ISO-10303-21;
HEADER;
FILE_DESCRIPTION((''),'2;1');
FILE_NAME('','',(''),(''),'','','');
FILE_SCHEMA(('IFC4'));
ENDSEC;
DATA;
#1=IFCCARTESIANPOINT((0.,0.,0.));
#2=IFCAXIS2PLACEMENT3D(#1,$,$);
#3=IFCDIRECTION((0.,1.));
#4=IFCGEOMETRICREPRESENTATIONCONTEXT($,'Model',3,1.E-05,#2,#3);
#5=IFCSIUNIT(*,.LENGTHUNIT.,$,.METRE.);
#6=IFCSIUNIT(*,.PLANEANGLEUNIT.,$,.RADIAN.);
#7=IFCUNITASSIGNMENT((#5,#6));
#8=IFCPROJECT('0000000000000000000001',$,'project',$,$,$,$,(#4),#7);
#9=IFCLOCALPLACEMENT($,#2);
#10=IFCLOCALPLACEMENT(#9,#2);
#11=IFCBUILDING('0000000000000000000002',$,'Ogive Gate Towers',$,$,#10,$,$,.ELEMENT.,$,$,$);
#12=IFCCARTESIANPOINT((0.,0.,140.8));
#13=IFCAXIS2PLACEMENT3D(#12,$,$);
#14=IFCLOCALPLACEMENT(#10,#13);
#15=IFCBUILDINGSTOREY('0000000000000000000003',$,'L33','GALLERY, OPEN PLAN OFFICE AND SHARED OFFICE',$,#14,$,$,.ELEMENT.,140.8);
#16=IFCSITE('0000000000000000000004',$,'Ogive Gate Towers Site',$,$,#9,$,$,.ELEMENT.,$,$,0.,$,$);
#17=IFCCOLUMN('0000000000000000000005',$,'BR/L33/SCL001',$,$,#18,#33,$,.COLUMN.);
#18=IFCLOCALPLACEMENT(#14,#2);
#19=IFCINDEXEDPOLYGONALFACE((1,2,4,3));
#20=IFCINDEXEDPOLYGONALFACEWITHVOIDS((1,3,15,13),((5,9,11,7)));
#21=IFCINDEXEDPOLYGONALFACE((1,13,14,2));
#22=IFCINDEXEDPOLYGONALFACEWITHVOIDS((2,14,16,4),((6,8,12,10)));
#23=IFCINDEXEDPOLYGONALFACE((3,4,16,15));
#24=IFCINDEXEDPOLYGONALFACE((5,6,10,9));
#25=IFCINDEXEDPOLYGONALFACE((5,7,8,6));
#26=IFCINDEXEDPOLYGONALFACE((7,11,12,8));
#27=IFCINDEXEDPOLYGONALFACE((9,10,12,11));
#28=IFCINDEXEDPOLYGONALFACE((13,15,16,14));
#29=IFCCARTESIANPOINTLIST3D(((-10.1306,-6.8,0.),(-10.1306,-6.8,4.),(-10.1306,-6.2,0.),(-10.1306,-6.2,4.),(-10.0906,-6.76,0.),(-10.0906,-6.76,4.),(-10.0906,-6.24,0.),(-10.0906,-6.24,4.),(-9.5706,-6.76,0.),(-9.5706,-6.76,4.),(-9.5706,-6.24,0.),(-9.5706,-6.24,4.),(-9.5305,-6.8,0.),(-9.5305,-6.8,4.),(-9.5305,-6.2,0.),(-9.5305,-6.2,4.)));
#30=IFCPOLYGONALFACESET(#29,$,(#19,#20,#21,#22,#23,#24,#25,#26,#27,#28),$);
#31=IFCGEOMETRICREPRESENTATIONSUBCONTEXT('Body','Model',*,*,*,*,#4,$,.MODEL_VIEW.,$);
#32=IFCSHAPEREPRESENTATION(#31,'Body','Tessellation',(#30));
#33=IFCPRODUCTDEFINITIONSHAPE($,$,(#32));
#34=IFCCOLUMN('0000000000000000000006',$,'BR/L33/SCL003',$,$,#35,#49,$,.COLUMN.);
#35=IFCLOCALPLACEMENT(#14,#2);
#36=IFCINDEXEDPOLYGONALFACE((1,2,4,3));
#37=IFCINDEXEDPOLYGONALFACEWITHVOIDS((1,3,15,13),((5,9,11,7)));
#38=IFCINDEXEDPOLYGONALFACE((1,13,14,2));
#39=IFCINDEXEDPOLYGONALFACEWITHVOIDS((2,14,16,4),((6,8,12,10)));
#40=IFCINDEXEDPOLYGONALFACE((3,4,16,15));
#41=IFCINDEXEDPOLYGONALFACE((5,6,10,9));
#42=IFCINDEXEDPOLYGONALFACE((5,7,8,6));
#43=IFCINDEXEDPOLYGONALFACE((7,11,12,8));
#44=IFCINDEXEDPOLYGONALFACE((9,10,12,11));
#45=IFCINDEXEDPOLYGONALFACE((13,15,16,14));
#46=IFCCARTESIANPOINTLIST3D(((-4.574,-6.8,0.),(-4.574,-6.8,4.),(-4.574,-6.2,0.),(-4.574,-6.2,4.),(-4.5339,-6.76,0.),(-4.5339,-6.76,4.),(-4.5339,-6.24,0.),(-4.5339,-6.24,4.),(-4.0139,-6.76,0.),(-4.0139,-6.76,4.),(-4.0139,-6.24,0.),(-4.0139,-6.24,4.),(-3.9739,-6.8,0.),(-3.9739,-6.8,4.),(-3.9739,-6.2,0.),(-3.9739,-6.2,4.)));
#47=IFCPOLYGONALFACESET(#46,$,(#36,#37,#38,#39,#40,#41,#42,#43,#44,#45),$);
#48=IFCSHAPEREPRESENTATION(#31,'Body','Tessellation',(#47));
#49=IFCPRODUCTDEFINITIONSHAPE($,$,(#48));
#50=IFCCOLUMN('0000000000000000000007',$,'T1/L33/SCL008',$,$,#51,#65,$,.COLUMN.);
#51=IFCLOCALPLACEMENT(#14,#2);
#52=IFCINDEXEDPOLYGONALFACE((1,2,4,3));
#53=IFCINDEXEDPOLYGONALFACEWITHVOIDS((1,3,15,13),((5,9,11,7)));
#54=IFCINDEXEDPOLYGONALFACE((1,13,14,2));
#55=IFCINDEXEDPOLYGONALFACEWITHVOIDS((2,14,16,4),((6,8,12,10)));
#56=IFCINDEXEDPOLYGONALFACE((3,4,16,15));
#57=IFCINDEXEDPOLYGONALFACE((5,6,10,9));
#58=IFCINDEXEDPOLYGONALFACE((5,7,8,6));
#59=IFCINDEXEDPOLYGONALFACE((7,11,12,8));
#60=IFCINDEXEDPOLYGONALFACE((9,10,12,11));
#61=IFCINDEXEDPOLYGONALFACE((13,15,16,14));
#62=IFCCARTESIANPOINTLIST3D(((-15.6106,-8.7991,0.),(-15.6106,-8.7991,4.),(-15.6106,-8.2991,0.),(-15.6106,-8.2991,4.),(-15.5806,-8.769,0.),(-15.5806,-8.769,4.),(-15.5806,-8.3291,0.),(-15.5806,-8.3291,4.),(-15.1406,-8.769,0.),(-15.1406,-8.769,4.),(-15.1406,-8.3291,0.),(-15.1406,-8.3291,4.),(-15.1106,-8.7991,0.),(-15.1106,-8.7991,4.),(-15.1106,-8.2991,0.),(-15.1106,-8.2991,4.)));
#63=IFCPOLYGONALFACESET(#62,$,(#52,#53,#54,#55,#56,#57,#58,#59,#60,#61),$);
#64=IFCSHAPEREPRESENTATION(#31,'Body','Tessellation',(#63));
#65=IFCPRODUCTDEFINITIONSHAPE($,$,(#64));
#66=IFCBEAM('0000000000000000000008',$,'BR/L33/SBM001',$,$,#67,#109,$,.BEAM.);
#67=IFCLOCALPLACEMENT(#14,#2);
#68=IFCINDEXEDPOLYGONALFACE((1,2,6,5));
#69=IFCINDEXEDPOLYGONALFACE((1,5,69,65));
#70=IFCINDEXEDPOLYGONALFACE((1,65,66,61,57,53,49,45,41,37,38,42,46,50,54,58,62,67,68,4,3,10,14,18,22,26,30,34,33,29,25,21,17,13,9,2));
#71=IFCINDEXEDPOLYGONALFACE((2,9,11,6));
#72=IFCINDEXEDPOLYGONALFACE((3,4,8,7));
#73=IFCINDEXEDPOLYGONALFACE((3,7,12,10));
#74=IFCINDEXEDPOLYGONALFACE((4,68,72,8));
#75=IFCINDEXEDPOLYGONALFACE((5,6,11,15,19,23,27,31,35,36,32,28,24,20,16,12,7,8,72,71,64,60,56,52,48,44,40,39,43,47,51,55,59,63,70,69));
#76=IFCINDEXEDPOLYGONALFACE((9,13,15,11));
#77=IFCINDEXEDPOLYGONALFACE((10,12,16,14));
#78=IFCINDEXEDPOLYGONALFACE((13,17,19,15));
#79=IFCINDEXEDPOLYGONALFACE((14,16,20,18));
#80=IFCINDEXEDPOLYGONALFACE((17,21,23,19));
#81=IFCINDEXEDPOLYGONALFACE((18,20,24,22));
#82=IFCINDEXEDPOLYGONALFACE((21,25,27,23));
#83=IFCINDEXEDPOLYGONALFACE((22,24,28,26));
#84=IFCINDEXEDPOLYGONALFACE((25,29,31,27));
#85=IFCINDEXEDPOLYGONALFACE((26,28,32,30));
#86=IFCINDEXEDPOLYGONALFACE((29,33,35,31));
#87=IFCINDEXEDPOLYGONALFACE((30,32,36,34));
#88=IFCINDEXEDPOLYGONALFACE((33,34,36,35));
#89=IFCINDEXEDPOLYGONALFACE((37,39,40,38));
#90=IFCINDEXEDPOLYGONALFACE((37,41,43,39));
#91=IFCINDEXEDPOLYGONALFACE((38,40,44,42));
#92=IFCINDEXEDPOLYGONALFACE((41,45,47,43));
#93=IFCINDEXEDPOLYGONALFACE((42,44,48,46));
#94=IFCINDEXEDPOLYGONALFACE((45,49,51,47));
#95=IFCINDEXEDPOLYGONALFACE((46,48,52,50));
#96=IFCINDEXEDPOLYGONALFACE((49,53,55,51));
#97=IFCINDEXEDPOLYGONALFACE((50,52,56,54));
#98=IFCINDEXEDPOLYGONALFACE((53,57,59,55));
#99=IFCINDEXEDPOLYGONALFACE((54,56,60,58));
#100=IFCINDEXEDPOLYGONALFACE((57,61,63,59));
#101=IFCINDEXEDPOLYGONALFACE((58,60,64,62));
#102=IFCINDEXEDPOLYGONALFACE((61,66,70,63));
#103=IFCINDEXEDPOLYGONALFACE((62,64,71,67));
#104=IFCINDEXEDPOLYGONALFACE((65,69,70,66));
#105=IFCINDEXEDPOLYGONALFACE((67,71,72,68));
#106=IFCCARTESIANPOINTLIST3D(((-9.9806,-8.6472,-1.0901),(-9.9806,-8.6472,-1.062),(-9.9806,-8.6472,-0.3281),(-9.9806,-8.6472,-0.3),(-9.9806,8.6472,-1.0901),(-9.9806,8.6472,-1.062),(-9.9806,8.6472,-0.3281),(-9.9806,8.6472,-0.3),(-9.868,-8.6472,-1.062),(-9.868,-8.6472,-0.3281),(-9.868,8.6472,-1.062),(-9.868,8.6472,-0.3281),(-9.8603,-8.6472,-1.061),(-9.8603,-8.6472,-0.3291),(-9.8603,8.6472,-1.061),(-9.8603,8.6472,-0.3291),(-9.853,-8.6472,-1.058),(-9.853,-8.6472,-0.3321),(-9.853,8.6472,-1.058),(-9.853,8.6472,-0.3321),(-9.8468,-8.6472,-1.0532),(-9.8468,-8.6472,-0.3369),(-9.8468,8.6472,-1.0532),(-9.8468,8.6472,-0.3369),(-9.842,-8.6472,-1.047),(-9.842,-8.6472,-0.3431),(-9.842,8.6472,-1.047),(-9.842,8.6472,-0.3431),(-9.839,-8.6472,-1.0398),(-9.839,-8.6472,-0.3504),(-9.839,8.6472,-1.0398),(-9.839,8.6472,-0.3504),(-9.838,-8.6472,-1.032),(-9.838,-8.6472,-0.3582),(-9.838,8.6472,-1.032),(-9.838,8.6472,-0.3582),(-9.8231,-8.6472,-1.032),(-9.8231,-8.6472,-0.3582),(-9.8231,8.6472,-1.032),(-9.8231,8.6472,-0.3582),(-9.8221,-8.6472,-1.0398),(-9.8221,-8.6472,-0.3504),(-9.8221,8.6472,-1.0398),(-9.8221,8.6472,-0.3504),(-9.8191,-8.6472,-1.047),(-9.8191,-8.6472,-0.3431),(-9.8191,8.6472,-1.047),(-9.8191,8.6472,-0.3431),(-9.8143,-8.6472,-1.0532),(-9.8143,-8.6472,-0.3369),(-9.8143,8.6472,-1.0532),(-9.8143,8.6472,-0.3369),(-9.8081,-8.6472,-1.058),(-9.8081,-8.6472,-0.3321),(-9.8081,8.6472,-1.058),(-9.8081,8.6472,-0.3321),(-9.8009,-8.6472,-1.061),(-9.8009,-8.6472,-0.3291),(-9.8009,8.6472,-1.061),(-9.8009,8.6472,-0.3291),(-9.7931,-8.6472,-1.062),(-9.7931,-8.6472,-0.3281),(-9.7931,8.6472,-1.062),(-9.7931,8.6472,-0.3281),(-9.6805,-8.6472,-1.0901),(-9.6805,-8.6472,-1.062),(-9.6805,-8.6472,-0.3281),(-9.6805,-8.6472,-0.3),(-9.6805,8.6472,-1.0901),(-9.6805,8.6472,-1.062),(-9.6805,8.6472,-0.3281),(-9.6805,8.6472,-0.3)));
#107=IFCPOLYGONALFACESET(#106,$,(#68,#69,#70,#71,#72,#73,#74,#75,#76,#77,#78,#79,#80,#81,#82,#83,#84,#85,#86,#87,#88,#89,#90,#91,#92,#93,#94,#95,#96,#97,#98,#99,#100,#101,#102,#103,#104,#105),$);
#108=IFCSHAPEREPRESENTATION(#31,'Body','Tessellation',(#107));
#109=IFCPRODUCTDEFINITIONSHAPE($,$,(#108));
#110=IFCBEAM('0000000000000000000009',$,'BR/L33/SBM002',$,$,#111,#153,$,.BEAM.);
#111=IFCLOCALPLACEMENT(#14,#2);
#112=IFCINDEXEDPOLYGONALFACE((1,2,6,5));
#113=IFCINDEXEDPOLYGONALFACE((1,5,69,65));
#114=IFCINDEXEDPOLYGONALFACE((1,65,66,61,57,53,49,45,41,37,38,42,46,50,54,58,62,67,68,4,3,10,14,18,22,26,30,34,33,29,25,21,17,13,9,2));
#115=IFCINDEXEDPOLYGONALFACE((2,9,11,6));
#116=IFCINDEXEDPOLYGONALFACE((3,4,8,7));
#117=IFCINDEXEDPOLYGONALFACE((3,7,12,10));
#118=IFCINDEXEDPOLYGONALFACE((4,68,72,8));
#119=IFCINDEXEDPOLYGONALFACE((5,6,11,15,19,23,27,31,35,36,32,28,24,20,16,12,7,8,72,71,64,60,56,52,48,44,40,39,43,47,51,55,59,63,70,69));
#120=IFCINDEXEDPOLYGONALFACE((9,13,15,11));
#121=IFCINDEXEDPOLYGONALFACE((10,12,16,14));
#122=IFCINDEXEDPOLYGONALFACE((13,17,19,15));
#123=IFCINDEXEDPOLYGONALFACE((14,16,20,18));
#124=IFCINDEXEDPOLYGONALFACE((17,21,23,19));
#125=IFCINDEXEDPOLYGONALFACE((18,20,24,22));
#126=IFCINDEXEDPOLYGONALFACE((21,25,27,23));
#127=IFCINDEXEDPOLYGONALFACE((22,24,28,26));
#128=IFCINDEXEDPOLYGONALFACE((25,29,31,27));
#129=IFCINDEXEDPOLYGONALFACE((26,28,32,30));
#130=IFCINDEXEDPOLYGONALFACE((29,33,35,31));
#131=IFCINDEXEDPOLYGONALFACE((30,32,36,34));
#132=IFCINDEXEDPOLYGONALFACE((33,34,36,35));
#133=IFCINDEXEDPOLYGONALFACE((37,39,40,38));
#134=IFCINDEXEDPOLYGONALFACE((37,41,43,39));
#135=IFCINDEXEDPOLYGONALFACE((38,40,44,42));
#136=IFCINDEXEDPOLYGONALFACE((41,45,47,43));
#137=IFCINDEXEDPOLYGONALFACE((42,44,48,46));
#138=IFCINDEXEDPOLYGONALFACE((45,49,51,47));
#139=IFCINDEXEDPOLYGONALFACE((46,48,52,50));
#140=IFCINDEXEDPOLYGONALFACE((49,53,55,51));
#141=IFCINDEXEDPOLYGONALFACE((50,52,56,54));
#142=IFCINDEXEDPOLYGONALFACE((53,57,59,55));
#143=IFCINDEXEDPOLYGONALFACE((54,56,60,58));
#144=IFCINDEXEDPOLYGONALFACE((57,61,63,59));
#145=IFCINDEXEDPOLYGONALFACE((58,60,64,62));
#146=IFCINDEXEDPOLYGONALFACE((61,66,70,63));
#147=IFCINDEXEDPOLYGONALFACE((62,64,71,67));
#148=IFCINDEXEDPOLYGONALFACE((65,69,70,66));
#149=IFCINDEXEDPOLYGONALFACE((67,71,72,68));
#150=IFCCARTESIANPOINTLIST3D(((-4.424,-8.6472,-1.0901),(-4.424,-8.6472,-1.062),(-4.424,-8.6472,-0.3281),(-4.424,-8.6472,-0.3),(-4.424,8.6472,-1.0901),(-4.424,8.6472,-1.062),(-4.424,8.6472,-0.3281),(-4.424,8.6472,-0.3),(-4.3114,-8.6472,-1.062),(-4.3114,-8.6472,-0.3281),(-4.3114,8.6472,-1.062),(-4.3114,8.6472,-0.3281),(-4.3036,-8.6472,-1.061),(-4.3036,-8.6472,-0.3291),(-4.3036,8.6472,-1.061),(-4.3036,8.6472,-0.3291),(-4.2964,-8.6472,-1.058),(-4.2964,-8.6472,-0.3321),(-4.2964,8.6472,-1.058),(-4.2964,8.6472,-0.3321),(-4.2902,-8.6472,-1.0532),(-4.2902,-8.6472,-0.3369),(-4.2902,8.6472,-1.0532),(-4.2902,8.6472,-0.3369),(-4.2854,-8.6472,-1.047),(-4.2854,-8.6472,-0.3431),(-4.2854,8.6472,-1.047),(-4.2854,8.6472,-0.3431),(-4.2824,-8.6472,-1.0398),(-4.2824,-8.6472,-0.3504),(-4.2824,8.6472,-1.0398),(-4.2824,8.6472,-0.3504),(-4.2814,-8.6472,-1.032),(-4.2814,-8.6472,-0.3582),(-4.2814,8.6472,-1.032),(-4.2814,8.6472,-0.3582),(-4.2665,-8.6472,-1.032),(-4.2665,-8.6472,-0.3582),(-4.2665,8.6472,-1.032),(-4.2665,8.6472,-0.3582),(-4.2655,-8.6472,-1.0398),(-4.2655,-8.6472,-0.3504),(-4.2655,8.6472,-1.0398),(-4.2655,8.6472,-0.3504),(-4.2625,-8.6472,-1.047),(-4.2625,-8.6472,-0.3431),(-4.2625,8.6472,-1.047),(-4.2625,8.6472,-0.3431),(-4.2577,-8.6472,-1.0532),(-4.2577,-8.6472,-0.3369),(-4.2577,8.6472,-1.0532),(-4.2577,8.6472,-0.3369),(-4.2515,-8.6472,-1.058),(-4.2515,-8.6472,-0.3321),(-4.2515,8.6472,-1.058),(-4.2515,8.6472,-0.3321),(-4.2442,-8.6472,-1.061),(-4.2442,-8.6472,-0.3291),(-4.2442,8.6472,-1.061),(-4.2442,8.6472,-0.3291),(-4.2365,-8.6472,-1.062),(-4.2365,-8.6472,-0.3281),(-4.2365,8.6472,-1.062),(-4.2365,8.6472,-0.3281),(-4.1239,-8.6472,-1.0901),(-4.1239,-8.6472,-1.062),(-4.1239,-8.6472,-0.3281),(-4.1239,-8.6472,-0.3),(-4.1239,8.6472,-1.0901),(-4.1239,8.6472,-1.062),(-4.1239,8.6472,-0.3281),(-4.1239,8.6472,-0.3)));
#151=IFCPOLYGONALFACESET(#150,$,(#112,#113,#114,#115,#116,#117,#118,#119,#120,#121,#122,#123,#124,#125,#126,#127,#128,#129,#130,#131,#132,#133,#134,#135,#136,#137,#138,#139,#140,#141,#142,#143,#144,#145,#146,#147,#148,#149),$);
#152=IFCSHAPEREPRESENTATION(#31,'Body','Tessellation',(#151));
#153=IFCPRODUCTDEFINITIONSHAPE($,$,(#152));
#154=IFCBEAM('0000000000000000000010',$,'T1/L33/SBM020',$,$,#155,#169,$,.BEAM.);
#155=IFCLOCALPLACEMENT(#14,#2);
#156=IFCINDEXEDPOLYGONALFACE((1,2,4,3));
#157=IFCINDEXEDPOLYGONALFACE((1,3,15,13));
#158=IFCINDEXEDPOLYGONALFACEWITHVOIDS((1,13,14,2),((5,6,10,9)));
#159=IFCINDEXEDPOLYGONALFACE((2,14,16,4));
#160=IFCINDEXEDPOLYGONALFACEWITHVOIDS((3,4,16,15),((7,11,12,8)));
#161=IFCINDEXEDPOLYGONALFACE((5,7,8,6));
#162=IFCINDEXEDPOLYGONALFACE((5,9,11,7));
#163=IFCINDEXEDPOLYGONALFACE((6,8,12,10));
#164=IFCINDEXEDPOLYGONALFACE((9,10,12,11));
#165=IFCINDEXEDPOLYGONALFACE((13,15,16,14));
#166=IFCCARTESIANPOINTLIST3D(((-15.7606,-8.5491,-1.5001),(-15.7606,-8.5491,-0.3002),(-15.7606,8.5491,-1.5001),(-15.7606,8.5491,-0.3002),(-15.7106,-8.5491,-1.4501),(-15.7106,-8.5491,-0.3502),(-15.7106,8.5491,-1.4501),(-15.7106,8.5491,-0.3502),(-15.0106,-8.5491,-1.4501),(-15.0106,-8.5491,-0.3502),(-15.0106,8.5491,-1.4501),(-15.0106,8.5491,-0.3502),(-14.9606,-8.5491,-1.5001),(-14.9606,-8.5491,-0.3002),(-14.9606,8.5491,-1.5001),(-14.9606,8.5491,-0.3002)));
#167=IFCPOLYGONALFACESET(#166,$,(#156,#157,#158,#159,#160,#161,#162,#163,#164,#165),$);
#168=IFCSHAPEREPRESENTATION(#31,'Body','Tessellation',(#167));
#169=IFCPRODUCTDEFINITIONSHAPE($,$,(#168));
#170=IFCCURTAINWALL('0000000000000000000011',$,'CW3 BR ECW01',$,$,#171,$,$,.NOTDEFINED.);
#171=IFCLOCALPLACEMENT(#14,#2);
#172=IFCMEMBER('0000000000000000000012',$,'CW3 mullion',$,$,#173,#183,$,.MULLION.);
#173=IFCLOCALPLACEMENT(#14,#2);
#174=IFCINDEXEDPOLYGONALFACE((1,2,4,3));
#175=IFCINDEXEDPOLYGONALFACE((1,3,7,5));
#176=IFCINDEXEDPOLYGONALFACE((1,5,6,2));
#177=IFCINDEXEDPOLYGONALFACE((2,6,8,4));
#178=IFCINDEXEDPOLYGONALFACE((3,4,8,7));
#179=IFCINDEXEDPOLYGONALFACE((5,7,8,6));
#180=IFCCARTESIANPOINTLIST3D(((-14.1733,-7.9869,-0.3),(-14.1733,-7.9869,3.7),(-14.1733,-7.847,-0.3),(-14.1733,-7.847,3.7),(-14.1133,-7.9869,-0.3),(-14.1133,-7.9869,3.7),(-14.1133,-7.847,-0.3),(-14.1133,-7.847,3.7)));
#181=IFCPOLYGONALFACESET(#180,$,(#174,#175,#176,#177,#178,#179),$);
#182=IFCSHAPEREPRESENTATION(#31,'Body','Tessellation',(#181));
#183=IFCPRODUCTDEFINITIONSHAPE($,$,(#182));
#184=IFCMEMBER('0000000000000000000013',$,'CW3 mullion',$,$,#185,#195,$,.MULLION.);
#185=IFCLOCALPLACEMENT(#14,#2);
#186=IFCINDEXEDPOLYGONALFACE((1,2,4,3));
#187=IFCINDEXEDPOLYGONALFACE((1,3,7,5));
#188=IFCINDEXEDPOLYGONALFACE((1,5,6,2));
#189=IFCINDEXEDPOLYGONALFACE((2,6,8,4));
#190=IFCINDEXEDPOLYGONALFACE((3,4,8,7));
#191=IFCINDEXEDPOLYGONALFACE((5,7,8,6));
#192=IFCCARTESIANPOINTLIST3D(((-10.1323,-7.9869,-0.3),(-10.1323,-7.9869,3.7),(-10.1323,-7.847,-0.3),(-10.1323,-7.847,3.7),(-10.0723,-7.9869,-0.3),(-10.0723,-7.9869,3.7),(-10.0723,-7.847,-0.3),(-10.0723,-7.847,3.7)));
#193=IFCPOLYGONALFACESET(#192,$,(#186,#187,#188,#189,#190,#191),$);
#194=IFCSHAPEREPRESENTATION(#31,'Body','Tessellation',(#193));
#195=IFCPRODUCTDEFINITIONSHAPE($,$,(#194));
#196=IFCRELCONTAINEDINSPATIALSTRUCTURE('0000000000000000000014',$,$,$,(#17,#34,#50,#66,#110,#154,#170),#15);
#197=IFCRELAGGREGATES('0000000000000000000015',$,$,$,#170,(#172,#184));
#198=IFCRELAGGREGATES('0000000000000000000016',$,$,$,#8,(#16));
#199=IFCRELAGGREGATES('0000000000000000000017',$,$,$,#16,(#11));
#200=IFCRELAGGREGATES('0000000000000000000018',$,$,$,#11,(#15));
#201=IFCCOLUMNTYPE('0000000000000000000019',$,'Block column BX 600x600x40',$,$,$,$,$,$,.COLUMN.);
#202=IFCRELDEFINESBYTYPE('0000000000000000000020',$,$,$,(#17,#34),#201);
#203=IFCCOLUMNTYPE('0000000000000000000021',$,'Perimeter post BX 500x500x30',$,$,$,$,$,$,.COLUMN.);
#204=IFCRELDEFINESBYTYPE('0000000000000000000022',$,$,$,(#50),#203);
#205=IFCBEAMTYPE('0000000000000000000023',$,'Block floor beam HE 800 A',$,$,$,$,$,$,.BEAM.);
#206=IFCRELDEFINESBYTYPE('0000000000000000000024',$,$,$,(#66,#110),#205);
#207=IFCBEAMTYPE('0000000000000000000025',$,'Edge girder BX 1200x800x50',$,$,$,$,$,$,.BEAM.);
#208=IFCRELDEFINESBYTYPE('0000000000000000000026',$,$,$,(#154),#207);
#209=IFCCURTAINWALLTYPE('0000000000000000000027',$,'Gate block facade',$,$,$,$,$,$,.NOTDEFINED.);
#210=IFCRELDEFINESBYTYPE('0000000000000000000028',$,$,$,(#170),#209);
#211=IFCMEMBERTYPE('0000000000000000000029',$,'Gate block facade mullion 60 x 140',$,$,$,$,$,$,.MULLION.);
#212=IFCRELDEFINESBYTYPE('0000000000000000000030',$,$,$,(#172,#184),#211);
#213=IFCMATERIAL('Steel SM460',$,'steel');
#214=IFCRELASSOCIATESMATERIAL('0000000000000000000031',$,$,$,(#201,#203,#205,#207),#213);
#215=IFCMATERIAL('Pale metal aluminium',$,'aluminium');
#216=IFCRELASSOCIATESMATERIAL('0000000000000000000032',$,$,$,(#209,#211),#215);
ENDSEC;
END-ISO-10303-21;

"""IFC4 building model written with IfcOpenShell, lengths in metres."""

from ifc_helpers import new_model, si_unit, direction, frame, origin, origin_2d, place, context, subcontext, project, spatial, rectangle, hollow_rectangle, i_section, extrude, material, material_profile, profile_set, type_object, element, aggregate, save


model = new_model("IFC4")

# Units and contexts
model_context = context("Model", 3, precision=1e-05, world=origin(), true_north=direction((0.0, 1.0)))
body_context = subcontext(model_context, "Body", "Model", "MODEL_VIEW")
ifc_project = project(units=[si_unit("LENGTHUNIT", "METRE"), si_unit("PLANEANGLEUNIT", "RADIAN")], contexts=[model_context])

# Site, building, storey
site_placement = place(None, origin())
site = spatial("IfcSite", under=ifc_project, at=site_placement, Name="Ogive Gate Towers Site", CompositionType="ELEMENT", RefElevation=0.0)
building_placement = place(site_placement, origin())
building = spatial("IfcBuilding", under=site, at=building_placement, Name="Ogive Gate Towers", CompositionType="ELEMENT")
storey_placement = place(building_placement, frame((0.0, 0.0, 140.8)))
storey = spatial("IfcBuildingStorey", under=building, at=storey_placement, Name="L33", Description="GALLERY, OPEN PLAN OFFICE AND SHARED OFFICE", CompositionType="ELEMENT", Elevation=140.8)

# Columns
ifc_material_1 = material(Name="Steel SM460", Category="steel")
ifc_material_profile_1 = material_profile(ifc_material_1, hollow_rectangle(XDim=0.6001, YDim=0.6001, WallThickness=0.04, at=origin_2d()), Name="BX 600x600x40")
ifc_profile_set_1 = profile_set([ifc_material_profile_1], Name="Steel SM460")
column_type_1 = type_object("IfcColumnType", Name="Block column BX 600x600x40", PredefinedType="COLUMN", material=ifc_profile_set_1)
for number, where, z_axis, x_axis, name in (
    (1, (-9.8306, -6.5, 0.0), (0.0, 0.0, 1.0), (1.0, 0.0, 0.0), "BR/L33/SCL001"),
    (2, (-4.2739, -6.5, 0.0), (0.0, 0.0, 1.0), (1.0, 0.0, 0.0), "BR/L33/SCL003"),
):
    element("IfcColumn", number, at=place(storey_placement, frame(where, z_axis=z_axis, x_axis=x_axis)), inside=storey, type_object=column_type_1, Name=name, PredefinedType="COLUMN", context=body_context, shape_type="SweptSolid", body=[
        extrude(hollow_rectangle(XDim=0.6001, YDim=0.6001, WallThickness=0.04, at=origin_2d()), origin(), (0.0, 0.0, 1.0), 4.0),
    ])
ifc_material_profile_2 = material_profile(ifc_material_1, hollow_rectangle(XDim=0.5, YDim=0.5, WallThickness=0.03, at=origin_2d()), Name="BX 500x500x30")
ifc_profile_set_2 = profile_set([ifc_material_profile_2], Name="Steel SM460")
column_type_2 = type_object("IfcColumnType", Name="Perimeter post BX 500x500x30", PredefinedType="COLUMN", material=ifc_profile_set_2)
column_placement = place(storey_placement, frame((-15.3606, -8.5491, 0.0), z_axis=(0.0, 0.0, 1.0), x_axis=(1.0, 0.0, 0.0)))
element("IfcColumn", 3, at=column_placement, inside=storey, type_object=column_type_2, Name="T1/L33/SCL008", PredefinedType="COLUMN", context=body_context, shape_type="SweptSolid", body=[
    extrude(hollow_rectangle(XDim=0.5, YDim=0.5, WallThickness=0.03, at=origin_2d()), origin(), (0.0, 0.0, 1.0), 4.0),
])

# Beams
ifc_material_profile_3 = material_profile(ifc_material_1, i_section(OverallWidth=0.3, OverallDepth=0.79, WebThickness=0.0149, FlangeThickness=0.0281, FilletRadius=0.03, at=origin_2d()), Name="HE 800 A")
ifc_profile_set_3 = profile_set([ifc_material_profile_3], Name="Steel SM460")
beam_type_1 = type_object("IfcBeamType", Name="Block floor beam HE 800 A", PredefinedType="BEAM", material=ifc_profile_set_3)
for number, where, z_axis, x_axis, name in (
    (4, (-9.8306, -8.6472, -0.6951), (0.0, 1.0, 0.0), (-1.0, 0.0, 0.0), "BR/L33/SBM001"),
    (5, (-4.2739, -8.6472, -0.6951), (0.0, 1.0, 0.0), (-1.0, 0.0, 0.0), "BR/L33/SBM002"),
):
    element("IfcBeam", number, at=place(storey_placement, frame(where, z_axis=z_axis, x_axis=x_axis)), inside=storey, type_object=beam_type_1, Name=name, PredefinedType="BEAM", context=body_context, shape_type="SweptSolid", body=[
        extrude(i_section(OverallWidth=0.3, OverallDepth=0.79, WebThickness=0.0149, FlangeThickness=0.0281, FilletRadius=0.03, at=origin_2d()), origin(), (0.0, 0.0, 1.0), 17.2944),
    ])
ifc_material_profile_4 = material_profile(ifc_material_1, hollow_rectangle(XDim=0.8, YDim=1.2, WallThickness=0.05, at=origin_2d()), Name="BX 1200x800x50")
ifc_profile_set_4 = profile_set([ifc_material_profile_4], Name="Steel SM460")
beam_type_2 = type_object("IfcBeamType", Name="Edge girder BX 1200x800x50", PredefinedType="BEAM", material=ifc_profile_set_4)
beam_placement = place(storey_placement, frame((-15.3606, -8.5491, -0.9001), z_axis=(0.0, 1.0, 0.0), x_axis=(-1.0, 0.0, 0.0)))
element("IfcBeam", 6, at=beam_placement, inside=storey, type_object=beam_type_2, Name="T1/L33/SBM020", PredefinedType="BEAM", context=body_context, shape_type="SweptSolid", body=[
    extrude(hollow_rectangle(XDim=0.8, YDim=1.2, WallThickness=0.05, at=origin_2d()), origin(), (0.0, 0.0, 1.0), 17.0981),
])

# Curtain wall, members
ifc_material_2 = material(Name="Pale metal aluminium", Category="aluminium")
curtain_wall_type_1 = type_object("IfcCurtainWallType", Name="Gate block facade", PredefinedType="NOTDEFINED", material=ifc_material_2)
curtain_wall_1_placement = place(storey_placement, origin())
curtain_wall_1 = element("IfcCurtainWall", 7, at=curtain_wall_1_placement, inside=storey, type_object=curtain_wall_type_1, Name="CW3 BR ECW01", PredefinedType="NOTDEFINED")
ifc_material_profile_5 = material_profile(ifc_material_2, rectangle(XDim=0.1399, YDim=0.0601, at=origin_2d()), Name="60 x 140 aluminium box")
ifc_profile_set_5 = profile_set([ifc_material_profile_5], Name="Pale metal aluminium")
member_type_1 = type_object("IfcMemberType", Name="Gate block facade mullion 60 x 140", PredefinedType="MULLION", material=ifc_profile_set_5)
member_1_placement = place(storey_placement, frame((-14.1433, -7.917, -0.3), z_axis=(0.0, 0.0, 1.0), x_axis=(0.0, -1.0, 0.0)))
member_1 = element("IfcMember", 8, at=member_1_placement, type_object=member_type_1, Name="CW3 mullion", PredefinedType="MULLION", context=body_context, shape_type="SweptSolid", body=[
    extrude(rectangle(XDim=0.1399, YDim=0.0601, at=origin_2d()), origin(), (0.0, 0.0, 1.0), 4.0),
])
member_2_placement = place(storey_placement, frame((-10.1023, -7.917, -0.3), z_axis=(0.0, 0.0, 1.0), x_axis=(0.0, -1.0, 0.0)))
member_2 = element("IfcMember", 9, at=member_2_placement, type_object=member_type_1, Name="CW3 mullion", PredefinedType="MULLION", context=body_context, shape_type="SweptSolid", body=[
    extrude(rectangle(XDim=0.1399, YDim=0.0601, at=origin_2d()), origin(), (0.0, 0.0, 1.0), 4.0),
])

aggregate(curtain_wall_1, [member_1, member_2])

save(model, "model.ifc")
